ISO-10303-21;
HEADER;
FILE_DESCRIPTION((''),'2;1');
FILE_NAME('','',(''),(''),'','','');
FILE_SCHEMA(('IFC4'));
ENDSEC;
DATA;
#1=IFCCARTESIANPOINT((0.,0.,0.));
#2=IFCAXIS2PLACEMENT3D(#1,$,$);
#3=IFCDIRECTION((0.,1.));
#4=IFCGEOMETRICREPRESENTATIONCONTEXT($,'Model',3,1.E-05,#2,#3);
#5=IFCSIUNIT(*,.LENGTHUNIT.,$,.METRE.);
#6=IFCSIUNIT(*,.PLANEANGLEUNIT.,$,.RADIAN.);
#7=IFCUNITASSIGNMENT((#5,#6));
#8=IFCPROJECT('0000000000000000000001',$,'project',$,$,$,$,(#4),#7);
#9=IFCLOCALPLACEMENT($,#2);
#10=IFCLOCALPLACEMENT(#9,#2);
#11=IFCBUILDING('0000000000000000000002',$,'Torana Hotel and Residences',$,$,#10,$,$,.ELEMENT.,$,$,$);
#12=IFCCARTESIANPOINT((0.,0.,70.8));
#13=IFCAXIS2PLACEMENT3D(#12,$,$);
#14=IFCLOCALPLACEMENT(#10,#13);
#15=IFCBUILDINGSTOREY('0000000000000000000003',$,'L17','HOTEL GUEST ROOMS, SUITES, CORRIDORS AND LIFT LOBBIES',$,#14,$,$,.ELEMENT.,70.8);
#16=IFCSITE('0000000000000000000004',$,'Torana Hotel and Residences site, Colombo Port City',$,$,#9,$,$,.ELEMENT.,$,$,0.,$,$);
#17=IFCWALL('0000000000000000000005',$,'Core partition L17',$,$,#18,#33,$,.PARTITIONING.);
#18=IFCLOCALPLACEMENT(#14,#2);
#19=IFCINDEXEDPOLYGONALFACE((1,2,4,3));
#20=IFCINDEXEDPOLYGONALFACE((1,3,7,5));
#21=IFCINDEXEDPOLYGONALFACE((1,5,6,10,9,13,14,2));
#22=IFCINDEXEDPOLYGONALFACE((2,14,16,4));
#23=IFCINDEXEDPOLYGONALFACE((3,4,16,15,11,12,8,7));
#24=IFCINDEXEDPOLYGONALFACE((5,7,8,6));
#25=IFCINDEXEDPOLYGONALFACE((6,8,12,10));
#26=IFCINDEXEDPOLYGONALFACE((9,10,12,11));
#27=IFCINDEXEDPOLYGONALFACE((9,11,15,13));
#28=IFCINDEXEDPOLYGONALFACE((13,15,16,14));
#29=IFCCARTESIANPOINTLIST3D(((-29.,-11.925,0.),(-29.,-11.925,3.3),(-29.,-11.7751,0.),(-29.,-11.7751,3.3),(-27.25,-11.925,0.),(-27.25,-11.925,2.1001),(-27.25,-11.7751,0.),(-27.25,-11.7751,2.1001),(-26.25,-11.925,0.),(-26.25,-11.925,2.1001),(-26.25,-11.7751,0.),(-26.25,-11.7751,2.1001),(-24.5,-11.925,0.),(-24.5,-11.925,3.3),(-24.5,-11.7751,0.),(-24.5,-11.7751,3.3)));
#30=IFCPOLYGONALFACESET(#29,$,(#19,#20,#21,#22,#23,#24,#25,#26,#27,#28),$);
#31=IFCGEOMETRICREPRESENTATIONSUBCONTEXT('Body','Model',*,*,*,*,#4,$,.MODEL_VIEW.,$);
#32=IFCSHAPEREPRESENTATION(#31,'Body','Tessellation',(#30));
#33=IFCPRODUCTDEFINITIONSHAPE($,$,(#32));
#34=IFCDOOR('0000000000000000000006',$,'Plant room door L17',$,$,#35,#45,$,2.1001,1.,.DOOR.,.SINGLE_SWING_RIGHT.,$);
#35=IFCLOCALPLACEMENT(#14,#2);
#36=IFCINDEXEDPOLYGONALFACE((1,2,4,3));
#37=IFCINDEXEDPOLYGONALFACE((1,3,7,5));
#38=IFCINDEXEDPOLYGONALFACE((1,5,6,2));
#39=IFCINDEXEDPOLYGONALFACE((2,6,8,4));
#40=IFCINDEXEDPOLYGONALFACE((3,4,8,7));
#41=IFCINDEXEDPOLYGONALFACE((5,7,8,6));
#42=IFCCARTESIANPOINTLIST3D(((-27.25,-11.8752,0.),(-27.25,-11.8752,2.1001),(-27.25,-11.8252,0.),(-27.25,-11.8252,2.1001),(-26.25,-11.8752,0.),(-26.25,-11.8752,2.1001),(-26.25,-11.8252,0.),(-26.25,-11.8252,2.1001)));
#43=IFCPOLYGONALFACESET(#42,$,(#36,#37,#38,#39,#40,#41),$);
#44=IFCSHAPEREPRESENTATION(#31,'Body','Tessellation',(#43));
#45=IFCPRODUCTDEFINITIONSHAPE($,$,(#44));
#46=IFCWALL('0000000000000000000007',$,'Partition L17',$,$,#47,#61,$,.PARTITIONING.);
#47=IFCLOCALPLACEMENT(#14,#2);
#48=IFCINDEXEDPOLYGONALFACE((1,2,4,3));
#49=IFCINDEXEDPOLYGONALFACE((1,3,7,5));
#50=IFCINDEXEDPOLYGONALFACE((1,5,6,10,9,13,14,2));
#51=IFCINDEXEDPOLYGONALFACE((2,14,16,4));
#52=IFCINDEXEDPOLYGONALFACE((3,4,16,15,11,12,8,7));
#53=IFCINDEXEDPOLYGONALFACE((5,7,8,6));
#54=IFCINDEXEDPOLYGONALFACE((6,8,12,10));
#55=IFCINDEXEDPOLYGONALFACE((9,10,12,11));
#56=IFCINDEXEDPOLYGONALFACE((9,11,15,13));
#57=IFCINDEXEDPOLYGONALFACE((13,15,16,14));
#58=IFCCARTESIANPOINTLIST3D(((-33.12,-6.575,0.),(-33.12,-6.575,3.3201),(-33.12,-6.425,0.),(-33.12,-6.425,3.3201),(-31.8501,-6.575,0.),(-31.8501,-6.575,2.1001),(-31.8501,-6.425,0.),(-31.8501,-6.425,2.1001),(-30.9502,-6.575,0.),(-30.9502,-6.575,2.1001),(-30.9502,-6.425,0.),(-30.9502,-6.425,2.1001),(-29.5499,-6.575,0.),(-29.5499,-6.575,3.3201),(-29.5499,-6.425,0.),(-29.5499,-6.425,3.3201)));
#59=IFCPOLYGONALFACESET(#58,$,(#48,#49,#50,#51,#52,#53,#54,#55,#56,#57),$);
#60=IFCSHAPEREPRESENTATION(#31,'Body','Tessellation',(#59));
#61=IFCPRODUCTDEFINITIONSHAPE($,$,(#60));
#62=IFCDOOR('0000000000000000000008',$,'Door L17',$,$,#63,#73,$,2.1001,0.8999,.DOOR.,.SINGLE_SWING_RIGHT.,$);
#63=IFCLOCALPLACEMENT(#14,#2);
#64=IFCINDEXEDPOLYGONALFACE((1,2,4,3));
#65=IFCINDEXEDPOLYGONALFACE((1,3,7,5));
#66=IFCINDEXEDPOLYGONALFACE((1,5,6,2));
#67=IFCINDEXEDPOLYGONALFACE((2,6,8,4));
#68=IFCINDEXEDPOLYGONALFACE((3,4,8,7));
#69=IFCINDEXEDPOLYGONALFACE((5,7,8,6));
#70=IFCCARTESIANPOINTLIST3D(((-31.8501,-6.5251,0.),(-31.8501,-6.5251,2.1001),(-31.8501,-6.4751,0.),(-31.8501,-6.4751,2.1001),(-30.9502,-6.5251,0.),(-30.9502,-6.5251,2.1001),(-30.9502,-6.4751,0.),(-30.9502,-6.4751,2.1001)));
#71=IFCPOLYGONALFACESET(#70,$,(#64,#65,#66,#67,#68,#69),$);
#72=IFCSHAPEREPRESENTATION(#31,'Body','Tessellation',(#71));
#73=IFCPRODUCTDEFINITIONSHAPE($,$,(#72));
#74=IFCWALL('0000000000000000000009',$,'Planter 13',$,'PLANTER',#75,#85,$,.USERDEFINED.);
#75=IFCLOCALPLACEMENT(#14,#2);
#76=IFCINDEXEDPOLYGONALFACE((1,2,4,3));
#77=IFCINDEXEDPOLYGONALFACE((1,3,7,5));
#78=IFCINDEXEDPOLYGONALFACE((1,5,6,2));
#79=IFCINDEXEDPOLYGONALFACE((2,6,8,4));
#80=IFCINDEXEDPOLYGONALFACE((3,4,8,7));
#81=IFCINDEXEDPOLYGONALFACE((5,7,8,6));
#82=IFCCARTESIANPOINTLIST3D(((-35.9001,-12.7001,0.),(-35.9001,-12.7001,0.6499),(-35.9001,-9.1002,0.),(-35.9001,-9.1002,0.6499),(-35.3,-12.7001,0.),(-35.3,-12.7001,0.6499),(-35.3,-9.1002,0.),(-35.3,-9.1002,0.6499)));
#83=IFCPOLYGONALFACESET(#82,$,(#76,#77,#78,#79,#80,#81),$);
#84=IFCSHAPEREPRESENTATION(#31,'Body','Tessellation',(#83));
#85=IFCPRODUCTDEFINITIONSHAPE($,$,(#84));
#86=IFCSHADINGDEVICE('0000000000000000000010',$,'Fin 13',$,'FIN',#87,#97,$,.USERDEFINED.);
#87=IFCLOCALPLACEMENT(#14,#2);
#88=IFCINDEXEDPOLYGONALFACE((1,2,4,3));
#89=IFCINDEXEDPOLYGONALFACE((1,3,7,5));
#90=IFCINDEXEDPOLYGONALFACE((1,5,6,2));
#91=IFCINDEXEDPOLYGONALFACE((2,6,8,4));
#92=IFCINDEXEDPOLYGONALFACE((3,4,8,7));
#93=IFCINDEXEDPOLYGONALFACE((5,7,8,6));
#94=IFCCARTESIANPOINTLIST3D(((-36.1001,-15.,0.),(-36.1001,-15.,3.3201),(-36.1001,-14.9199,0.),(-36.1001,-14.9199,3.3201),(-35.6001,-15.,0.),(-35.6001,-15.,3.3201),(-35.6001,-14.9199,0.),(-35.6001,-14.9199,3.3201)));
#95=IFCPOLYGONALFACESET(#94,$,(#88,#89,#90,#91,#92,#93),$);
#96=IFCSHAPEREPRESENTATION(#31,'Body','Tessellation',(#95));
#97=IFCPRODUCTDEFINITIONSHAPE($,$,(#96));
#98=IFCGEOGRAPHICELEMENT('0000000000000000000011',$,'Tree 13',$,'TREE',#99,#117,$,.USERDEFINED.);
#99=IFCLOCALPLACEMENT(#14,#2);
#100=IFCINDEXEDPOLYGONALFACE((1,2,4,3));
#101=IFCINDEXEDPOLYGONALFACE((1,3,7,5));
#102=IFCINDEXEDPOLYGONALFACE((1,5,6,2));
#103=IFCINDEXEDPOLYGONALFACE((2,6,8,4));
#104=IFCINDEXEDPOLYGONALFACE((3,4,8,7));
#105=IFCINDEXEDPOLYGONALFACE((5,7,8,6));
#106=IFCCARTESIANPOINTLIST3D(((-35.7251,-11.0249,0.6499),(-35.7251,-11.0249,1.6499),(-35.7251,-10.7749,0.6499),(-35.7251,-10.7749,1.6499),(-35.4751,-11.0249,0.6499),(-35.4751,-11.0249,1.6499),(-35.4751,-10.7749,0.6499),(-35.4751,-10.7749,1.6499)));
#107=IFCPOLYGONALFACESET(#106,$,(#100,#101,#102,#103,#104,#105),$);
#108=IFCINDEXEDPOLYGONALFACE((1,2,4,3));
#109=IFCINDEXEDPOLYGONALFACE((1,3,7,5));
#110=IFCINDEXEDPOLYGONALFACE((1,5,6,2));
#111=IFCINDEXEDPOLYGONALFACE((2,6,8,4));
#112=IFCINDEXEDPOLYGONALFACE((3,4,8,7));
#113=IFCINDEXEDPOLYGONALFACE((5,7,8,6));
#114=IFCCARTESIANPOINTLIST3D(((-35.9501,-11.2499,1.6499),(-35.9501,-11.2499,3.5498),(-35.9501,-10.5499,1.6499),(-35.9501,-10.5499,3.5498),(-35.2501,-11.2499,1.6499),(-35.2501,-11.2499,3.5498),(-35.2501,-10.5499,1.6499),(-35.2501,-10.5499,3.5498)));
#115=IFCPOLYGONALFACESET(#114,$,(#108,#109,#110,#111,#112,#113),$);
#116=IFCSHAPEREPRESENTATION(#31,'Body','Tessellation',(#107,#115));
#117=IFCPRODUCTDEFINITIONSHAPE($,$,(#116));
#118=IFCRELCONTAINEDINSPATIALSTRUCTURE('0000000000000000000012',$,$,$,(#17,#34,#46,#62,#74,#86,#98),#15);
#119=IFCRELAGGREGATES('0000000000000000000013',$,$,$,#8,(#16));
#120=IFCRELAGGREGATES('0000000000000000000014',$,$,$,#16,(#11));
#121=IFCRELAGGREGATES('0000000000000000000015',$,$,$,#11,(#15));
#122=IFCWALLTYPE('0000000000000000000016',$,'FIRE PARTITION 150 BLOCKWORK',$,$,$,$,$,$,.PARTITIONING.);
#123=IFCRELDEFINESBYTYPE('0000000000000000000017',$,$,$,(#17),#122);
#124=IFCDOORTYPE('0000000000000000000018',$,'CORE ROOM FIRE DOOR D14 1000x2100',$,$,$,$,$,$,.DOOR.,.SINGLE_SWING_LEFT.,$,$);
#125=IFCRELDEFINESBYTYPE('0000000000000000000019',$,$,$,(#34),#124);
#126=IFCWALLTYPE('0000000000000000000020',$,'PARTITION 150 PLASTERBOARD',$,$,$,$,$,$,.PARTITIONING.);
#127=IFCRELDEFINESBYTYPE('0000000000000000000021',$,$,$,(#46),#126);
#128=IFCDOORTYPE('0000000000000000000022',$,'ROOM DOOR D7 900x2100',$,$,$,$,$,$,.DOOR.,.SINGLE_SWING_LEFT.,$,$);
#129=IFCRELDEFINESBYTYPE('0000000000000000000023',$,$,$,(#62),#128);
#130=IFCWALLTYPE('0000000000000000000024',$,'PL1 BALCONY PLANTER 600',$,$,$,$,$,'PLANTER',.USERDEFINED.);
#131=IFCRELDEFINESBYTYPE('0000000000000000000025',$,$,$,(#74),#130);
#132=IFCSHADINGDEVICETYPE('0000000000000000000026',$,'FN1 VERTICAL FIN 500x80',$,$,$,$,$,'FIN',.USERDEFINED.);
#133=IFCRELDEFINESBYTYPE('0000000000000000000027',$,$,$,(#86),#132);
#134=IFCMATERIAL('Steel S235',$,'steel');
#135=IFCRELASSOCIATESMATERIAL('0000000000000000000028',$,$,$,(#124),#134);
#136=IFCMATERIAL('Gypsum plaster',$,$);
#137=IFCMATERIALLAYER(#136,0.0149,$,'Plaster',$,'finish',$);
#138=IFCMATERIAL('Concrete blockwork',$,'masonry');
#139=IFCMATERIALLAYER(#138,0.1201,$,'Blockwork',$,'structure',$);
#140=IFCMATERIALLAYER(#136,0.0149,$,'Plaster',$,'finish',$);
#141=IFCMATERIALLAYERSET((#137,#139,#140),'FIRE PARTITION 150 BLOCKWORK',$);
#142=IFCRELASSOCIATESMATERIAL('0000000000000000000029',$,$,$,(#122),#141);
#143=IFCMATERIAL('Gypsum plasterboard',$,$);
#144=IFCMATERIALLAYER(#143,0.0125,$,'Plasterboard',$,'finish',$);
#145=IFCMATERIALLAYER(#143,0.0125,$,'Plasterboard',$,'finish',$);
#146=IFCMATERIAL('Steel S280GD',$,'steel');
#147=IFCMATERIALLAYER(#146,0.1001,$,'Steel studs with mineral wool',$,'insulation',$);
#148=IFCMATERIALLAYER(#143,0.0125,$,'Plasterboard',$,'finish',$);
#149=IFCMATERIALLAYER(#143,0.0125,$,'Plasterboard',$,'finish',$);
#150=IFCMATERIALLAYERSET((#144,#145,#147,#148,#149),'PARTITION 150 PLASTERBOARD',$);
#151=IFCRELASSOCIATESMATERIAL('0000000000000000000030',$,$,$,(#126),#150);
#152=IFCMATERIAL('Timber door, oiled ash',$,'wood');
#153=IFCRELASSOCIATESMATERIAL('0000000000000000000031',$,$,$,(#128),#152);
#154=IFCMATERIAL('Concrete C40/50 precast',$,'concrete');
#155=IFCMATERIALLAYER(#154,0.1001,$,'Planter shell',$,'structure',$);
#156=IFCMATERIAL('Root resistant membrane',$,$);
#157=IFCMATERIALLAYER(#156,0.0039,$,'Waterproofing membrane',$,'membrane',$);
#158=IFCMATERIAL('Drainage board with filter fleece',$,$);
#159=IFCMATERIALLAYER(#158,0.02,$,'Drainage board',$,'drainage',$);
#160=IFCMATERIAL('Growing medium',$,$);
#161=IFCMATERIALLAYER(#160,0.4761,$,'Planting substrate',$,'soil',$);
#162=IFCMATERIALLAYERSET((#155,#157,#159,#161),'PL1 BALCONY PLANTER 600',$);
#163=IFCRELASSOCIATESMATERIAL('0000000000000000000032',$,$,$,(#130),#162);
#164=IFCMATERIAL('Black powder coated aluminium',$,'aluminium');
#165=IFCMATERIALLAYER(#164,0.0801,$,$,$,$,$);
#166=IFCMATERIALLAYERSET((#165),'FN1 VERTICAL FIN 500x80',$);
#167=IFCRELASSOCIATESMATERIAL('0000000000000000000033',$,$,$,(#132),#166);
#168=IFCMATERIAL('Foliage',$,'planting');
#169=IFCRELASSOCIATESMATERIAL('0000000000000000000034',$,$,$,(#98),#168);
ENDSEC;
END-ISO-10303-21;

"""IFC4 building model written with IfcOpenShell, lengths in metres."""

from ifc_helpers import new_model, si_unit, direction, frame, frame_2d, origin, origin_2d, place, context, subcontext, project, spatial, rectangle, extrude, material, layer, layer_set, type_object, element, fill, save


model = new_model("IFC4")

# Units and contexts
model_context = context("Model", 3, precision=1e-05, world=origin(), true_north=direction((0.0, 1.0)))
body_context = subcontext(model_context, "Body", "Model", "MODEL_VIEW")
ifc_project = project(units=[si_unit("LENGTHUNIT", "METRE"), si_unit("PLANEANGLEUNIT", "RADIAN")], contexts=[model_context])

# Site, building, storey
site_placement = place(None, origin())
site = spatial("IfcSite", under=ifc_project, at=site_placement, Name="Torana Hotel and Residences site, Colombo Port City", CompositionType="ELEMENT", RefElevation=0.0)
building_placement = place(site_placement, origin())
building = spatial("IfcBuilding", under=site, at=building_placement, Name="Torana Hotel and Residences", CompositionType="ELEMENT")
storey_placement = place(building_placement, frame((0.0, 0.0, 70.8)))
storey = spatial("IfcBuildingStorey", under=building, at=storey_placement, Name="L17", Description="HOTEL GUEST ROOMS, SUITES, CORRIDORS AND LIFT LOBBIES", CompositionType="ELEMENT", Elevation=70.8)

# Shared definitions
ifc_material_1 = material(Name="Steel S235", Category="steel")
door_type_1 = type_object("IfcDoorType", Name="CORE ROOM FIRE DOOR D14 1000x2100", OperationType="SINGLE_SWING_LEFT", PredefinedType="DOOR", material=ifc_material_1)

# Walls, openings, doors
ifc_material_2 = material(Name="Gypsum plaster")
ifc_layer_1 = layer(ifc_material_2, 0.0149, Name="Plaster", Category="finish")
ifc_material_3 = material(Name="Concrete blockwork", Category="masonry")
ifc_layer_2 = layer(ifc_material_3, 0.1201, Name="Blockwork", Category="structure")
ifc_layer_3 = layer(ifc_material_2, 0.0149, Name="Plaster", Category="finish")
ifc_layer_set_1 = layer_set([ifc_layer_1, ifc_layer_2, ifc_layer_3], Name="FIRE PARTITION 150 BLOCKWORK")
wall_type_1 = type_object("IfcWallType", Name="FIRE PARTITION 150 BLOCKWORK", PredefinedType="PARTITIONING", material=ifc_layer_set_1)
wall_1_placement = place(storey_placement, frame((-29.0, -11.8501, 0.0), z_axis=(0.0, 0.0, 1.0), x_axis=(1.0, 0.0, 0.0)))
wall_1 = element("IfcWall", 1, at=wall_1_placement, inside=storey, type_object=wall_type_1, Name="Core partition L17", PredefinedType="PARTITIONING", context=body_context, shape_type="SweptSolid", body=[
    extrude(rectangle(XDim=4.5, YDim=0.1499, at=frame_2d((2.25, 0.0))), origin(), (0.0, 0.0, 1.0), 3.3),
])
opening_1_placement = place(wall_1_placement, frame((1.75, 0.0, 0.0)))
opening_1 = element("IfcOpeningElement", 2, at=opening_1_placement, cuts=wall_1, PredefinedType="OPENING", context=body_context, shape_type="SweptSolid", body=[
    extrude(rectangle(XDim=1.0, YDim=2.1001, at=frame_2d((0.5, 1.05))), frame((0.0, 0.085, 0.0), z_axis=(0.0, -1.0, 0.0), x_axis=(1.0, 0.0, 0.0)), (0.0, 0.0, 1.0), 0.1699),
])
door_1_placement = place(opening_1_placement, origin())
door_1 = element("IfcDoor", 3, at=door_1_placement, inside=storey, type_object=door_type_1, Name="Plant room door L17", OperationType="SINGLE_SWING_RIGHT", OverallHeight=2.1001, OverallWidth=1.0, PredefinedType="DOOR", context=body_context, shape_type="SweptSolid", body=[
    extrude(rectangle(XDim=1.0, YDim=2.1001, at=frame_2d((0.5, 1.05))), frame((0.0, 0.0249, 0.0), z_axis=(0.0, -1.0, 0.0), x_axis=(1.0, 0.0, 0.0)), (0.0, 0.0, 1.0), 0.05),
])
fill(opening_1, door_1)
ifc_material_4 = material(Name="Gypsum plasterboard")
ifc_layer_4 = layer(ifc_material_4, 0.0125, Name="Plasterboard", Category="finish")
ifc_layer_5 = layer(ifc_material_4, 0.0125, Name="Plasterboard", Category="finish")
ifc_material_5 = material(Name="Steel S280GD", Category="steel")
ifc_layer_6 = layer(ifc_material_5, 0.1001, Name="Steel studs with mineral wool", Category="insulation")
ifc_layer_7 = layer(ifc_material_4, 0.0125, Name="Plasterboard", Category="finish")
ifc_layer_8 = layer(ifc_material_4, 0.0125, Name="Plasterboard", Category="finish")
ifc_layer_set_2 = layer_set([ifc_layer_4, ifc_layer_5, ifc_layer_6, ifc_layer_7, ifc_layer_8], Name="PARTITION 150 PLASTERBOARD")
wall_type_2 = type_object("IfcWallType", Name="PARTITION 150 PLASTERBOARD", PredefinedType="PARTITIONING", material=ifc_layer_set_2)
wall_2_placement = place(storey_placement, frame((-33.1201, -6.5, 0.0), z_axis=(0.0, 0.0, 1.0), x_axis=(1.0, 0.0, 0.0)))
wall_2 = element("IfcWall", 4, at=wall_2_placement, inside=storey, type_object=wall_type_2, Name="Partition L17", PredefinedType="PARTITIONING", context=body_context, shape_type="SweptSolid", body=[
    extrude(rectangle(XDim=3.5701, YDim=0.1499, at=frame_2d((1.7852, 0.0))), origin(), (0.0, 0.0, 1.0), 3.3201),
])
opening_2_placement = place(wall_2_placement, frame((1.27, 0.0, 0.0)))
opening_2 = element("IfcOpeningElement", 5, at=opening_2_placement, cuts=wall_2, PredefinedType="OPENING", context=body_context, shape_type="SweptSolid", body=[
    extrude(rectangle(XDim=0.8999, YDim=2.1001, at=frame_2d((0.45, 1.05))), frame((0.0, 0.085, 0.0), z_axis=(0.0, -1.0, 0.0), x_axis=(1.0, 0.0, 0.0)), (0.0, 0.0, 1.0), 0.1699),
])
ifc_material_6 = material(Name="Timber door, oiled ash", Category="wood")
door_type_2 = type_object("IfcDoorType", Name="ROOM DOOR D7 900x2100", OperationType="SINGLE_SWING_LEFT", PredefinedType="DOOR", material=ifc_material_6)
door_2_placement = place(opening_2_placement, origin())
door_2 = element("IfcDoor", 6, at=door_2_placement, inside=storey, type_object=door_type_2, Name="Door L17", OperationType="SINGLE_SWING_RIGHT", OverallHeight=2.1001, OverallWidth=0.8999, PredefinedType="DOOR", context=body_context, shape_type="SweptSolid", body=[
    extrude(rectangle(XDim=0.8999, YDim=2.1001, at=frame_2d((0.45, 1.05))), frame((0.0, 0.0249, 0.0), z_axis=(0.0, -1.0, 0.0), x_axis=(1.0, 0.0, 0.0)), (0.0, 0.0, 1.0), 0.05),
])
fill(opening_2, door_2)

# Wall
ifc_material_7 = material(Name="Concrete C40/50 precast", Category="concrete")
ifc_layer_9 = layer(ifc_material_7, 0.1001, Name="Planter shell", Category="structure")
ifc_material_8 = material(Name="Root resistant membrane")
ifc_layer_10 = layer(ifc_material_8, 0.0039, Name="Waterproofing membrane", Category="membrane")
ifc_material_9 = material(Name="Drainage board with filter fleece")
ifc_layer_11 = layer(ifc_material_9, 0.02, Name="Drainage board", Category="drainage")
ifc_material_10 = material(Name="Growing medium")
ifc_layer_12 = layer(ifc_material_10, 0.4761, Name="Planting substrate", Category="soil")
ifc_layer_set_3 = layer_set([ifc_layer_9, ifc_layer_10, ifc_layer_11, ifc_layer_12], Name="PL1 BALCONY PLANTER 600")
wall_type_3 = type_object("IfcWallType", Name="PL1 BALCONY PLANTER 600", ElementType="PLANTER", PredefinedType="USERDEFINED", material=ifc_layer_set_3)
wall_3_placement = place(storey_placement, frame((-35.6001, -12.7, 0.0), z_axis=(0.0, 0.0, 1.0), x_axis=(0.0, 1.0, 0.0)))
element("IfcWall", 7, at=wall_3_placement, inside=storey, type_object=wall_type_3, Name="Planter 13", ObjectType="PLANTER", PredefinedType="USERDEFINED", context=body_context, shape_type="SweptSolid", body=[
    extrude(rectangle(XDim=3.5999, YDim=0.6001, at=frame_2d((1.7998, 0.0))), origin(), (0.0, 0.0, 1.0), 0.6499),
])

# Shading device
ifc_material_11 = material(Name="Black powder coated aluminium", Category="aluminium")
ifc_layer_13 = layer(ifc_material_11, 0.0801)
ifc_layer_set_4 = layer_set([ifc_layer_13], Name="FN1 VERTICAL FIN 500x80")
shading_device_type = type_object("IfcShadingDeviceType", Name="FN1 VERTICAL FIN 500x80", ElementType="FIN", PredefinedType="USERDEFINED", material=ifc_layer_set_4)
shading_device_placement = place(storey_placement, frame((-35.8501, -14.96, 0.0), z_axis=(0.0, 0.0, 1.0), x_axis=(0.0, 1.0, 0.0)))
element("IfcShadingDevice", 8, at=shading_device_placement, inside=storey, type_object=shading_device_type, Name="Fin 13", ObjectType="FIN", PredefinedType="USERDEFINED", context=body_context, shape_type="SweptSolid", body=[
    extrude(rectangle(XDim=0.0801, YDim=0.5, at=origin_2d()), origin(), (0.0, 0.0, 1.0), 3.3201),
])

# Geographic element
ifc_material_12 = material(Name="Foliage", Category="planting")
geographic_element_placement = place(storey_placement, frame((-35.6001, -10.8999, 0.6499), z_axis=(0.0, 0.0, 1.0), x_axis=(1.0, 0.0, 0.0)))
element("IfcGeographicElement", 9, at=geographic_element_placement, inside=storey, material=ifc_material_12, Name="Tree 13", ObjectType="TREE", PredefinedType="USERDEFINED", context=body_context, shape_type="SweptSolid", body=[
    extrude(rectangle(XDim=0.25, YDim=0.25, at=origin_2d()), origin(), (0.0, 0.0, 1.0), 1.0),
    extrude(rectangle(XDim=0.7, YDim=0.7, at=origin_2d()), frame((0.0, 0.0, 1.0)), (0.0, 0.0, 1.0), 1.8999),
])

save(model, "model.ifc")
